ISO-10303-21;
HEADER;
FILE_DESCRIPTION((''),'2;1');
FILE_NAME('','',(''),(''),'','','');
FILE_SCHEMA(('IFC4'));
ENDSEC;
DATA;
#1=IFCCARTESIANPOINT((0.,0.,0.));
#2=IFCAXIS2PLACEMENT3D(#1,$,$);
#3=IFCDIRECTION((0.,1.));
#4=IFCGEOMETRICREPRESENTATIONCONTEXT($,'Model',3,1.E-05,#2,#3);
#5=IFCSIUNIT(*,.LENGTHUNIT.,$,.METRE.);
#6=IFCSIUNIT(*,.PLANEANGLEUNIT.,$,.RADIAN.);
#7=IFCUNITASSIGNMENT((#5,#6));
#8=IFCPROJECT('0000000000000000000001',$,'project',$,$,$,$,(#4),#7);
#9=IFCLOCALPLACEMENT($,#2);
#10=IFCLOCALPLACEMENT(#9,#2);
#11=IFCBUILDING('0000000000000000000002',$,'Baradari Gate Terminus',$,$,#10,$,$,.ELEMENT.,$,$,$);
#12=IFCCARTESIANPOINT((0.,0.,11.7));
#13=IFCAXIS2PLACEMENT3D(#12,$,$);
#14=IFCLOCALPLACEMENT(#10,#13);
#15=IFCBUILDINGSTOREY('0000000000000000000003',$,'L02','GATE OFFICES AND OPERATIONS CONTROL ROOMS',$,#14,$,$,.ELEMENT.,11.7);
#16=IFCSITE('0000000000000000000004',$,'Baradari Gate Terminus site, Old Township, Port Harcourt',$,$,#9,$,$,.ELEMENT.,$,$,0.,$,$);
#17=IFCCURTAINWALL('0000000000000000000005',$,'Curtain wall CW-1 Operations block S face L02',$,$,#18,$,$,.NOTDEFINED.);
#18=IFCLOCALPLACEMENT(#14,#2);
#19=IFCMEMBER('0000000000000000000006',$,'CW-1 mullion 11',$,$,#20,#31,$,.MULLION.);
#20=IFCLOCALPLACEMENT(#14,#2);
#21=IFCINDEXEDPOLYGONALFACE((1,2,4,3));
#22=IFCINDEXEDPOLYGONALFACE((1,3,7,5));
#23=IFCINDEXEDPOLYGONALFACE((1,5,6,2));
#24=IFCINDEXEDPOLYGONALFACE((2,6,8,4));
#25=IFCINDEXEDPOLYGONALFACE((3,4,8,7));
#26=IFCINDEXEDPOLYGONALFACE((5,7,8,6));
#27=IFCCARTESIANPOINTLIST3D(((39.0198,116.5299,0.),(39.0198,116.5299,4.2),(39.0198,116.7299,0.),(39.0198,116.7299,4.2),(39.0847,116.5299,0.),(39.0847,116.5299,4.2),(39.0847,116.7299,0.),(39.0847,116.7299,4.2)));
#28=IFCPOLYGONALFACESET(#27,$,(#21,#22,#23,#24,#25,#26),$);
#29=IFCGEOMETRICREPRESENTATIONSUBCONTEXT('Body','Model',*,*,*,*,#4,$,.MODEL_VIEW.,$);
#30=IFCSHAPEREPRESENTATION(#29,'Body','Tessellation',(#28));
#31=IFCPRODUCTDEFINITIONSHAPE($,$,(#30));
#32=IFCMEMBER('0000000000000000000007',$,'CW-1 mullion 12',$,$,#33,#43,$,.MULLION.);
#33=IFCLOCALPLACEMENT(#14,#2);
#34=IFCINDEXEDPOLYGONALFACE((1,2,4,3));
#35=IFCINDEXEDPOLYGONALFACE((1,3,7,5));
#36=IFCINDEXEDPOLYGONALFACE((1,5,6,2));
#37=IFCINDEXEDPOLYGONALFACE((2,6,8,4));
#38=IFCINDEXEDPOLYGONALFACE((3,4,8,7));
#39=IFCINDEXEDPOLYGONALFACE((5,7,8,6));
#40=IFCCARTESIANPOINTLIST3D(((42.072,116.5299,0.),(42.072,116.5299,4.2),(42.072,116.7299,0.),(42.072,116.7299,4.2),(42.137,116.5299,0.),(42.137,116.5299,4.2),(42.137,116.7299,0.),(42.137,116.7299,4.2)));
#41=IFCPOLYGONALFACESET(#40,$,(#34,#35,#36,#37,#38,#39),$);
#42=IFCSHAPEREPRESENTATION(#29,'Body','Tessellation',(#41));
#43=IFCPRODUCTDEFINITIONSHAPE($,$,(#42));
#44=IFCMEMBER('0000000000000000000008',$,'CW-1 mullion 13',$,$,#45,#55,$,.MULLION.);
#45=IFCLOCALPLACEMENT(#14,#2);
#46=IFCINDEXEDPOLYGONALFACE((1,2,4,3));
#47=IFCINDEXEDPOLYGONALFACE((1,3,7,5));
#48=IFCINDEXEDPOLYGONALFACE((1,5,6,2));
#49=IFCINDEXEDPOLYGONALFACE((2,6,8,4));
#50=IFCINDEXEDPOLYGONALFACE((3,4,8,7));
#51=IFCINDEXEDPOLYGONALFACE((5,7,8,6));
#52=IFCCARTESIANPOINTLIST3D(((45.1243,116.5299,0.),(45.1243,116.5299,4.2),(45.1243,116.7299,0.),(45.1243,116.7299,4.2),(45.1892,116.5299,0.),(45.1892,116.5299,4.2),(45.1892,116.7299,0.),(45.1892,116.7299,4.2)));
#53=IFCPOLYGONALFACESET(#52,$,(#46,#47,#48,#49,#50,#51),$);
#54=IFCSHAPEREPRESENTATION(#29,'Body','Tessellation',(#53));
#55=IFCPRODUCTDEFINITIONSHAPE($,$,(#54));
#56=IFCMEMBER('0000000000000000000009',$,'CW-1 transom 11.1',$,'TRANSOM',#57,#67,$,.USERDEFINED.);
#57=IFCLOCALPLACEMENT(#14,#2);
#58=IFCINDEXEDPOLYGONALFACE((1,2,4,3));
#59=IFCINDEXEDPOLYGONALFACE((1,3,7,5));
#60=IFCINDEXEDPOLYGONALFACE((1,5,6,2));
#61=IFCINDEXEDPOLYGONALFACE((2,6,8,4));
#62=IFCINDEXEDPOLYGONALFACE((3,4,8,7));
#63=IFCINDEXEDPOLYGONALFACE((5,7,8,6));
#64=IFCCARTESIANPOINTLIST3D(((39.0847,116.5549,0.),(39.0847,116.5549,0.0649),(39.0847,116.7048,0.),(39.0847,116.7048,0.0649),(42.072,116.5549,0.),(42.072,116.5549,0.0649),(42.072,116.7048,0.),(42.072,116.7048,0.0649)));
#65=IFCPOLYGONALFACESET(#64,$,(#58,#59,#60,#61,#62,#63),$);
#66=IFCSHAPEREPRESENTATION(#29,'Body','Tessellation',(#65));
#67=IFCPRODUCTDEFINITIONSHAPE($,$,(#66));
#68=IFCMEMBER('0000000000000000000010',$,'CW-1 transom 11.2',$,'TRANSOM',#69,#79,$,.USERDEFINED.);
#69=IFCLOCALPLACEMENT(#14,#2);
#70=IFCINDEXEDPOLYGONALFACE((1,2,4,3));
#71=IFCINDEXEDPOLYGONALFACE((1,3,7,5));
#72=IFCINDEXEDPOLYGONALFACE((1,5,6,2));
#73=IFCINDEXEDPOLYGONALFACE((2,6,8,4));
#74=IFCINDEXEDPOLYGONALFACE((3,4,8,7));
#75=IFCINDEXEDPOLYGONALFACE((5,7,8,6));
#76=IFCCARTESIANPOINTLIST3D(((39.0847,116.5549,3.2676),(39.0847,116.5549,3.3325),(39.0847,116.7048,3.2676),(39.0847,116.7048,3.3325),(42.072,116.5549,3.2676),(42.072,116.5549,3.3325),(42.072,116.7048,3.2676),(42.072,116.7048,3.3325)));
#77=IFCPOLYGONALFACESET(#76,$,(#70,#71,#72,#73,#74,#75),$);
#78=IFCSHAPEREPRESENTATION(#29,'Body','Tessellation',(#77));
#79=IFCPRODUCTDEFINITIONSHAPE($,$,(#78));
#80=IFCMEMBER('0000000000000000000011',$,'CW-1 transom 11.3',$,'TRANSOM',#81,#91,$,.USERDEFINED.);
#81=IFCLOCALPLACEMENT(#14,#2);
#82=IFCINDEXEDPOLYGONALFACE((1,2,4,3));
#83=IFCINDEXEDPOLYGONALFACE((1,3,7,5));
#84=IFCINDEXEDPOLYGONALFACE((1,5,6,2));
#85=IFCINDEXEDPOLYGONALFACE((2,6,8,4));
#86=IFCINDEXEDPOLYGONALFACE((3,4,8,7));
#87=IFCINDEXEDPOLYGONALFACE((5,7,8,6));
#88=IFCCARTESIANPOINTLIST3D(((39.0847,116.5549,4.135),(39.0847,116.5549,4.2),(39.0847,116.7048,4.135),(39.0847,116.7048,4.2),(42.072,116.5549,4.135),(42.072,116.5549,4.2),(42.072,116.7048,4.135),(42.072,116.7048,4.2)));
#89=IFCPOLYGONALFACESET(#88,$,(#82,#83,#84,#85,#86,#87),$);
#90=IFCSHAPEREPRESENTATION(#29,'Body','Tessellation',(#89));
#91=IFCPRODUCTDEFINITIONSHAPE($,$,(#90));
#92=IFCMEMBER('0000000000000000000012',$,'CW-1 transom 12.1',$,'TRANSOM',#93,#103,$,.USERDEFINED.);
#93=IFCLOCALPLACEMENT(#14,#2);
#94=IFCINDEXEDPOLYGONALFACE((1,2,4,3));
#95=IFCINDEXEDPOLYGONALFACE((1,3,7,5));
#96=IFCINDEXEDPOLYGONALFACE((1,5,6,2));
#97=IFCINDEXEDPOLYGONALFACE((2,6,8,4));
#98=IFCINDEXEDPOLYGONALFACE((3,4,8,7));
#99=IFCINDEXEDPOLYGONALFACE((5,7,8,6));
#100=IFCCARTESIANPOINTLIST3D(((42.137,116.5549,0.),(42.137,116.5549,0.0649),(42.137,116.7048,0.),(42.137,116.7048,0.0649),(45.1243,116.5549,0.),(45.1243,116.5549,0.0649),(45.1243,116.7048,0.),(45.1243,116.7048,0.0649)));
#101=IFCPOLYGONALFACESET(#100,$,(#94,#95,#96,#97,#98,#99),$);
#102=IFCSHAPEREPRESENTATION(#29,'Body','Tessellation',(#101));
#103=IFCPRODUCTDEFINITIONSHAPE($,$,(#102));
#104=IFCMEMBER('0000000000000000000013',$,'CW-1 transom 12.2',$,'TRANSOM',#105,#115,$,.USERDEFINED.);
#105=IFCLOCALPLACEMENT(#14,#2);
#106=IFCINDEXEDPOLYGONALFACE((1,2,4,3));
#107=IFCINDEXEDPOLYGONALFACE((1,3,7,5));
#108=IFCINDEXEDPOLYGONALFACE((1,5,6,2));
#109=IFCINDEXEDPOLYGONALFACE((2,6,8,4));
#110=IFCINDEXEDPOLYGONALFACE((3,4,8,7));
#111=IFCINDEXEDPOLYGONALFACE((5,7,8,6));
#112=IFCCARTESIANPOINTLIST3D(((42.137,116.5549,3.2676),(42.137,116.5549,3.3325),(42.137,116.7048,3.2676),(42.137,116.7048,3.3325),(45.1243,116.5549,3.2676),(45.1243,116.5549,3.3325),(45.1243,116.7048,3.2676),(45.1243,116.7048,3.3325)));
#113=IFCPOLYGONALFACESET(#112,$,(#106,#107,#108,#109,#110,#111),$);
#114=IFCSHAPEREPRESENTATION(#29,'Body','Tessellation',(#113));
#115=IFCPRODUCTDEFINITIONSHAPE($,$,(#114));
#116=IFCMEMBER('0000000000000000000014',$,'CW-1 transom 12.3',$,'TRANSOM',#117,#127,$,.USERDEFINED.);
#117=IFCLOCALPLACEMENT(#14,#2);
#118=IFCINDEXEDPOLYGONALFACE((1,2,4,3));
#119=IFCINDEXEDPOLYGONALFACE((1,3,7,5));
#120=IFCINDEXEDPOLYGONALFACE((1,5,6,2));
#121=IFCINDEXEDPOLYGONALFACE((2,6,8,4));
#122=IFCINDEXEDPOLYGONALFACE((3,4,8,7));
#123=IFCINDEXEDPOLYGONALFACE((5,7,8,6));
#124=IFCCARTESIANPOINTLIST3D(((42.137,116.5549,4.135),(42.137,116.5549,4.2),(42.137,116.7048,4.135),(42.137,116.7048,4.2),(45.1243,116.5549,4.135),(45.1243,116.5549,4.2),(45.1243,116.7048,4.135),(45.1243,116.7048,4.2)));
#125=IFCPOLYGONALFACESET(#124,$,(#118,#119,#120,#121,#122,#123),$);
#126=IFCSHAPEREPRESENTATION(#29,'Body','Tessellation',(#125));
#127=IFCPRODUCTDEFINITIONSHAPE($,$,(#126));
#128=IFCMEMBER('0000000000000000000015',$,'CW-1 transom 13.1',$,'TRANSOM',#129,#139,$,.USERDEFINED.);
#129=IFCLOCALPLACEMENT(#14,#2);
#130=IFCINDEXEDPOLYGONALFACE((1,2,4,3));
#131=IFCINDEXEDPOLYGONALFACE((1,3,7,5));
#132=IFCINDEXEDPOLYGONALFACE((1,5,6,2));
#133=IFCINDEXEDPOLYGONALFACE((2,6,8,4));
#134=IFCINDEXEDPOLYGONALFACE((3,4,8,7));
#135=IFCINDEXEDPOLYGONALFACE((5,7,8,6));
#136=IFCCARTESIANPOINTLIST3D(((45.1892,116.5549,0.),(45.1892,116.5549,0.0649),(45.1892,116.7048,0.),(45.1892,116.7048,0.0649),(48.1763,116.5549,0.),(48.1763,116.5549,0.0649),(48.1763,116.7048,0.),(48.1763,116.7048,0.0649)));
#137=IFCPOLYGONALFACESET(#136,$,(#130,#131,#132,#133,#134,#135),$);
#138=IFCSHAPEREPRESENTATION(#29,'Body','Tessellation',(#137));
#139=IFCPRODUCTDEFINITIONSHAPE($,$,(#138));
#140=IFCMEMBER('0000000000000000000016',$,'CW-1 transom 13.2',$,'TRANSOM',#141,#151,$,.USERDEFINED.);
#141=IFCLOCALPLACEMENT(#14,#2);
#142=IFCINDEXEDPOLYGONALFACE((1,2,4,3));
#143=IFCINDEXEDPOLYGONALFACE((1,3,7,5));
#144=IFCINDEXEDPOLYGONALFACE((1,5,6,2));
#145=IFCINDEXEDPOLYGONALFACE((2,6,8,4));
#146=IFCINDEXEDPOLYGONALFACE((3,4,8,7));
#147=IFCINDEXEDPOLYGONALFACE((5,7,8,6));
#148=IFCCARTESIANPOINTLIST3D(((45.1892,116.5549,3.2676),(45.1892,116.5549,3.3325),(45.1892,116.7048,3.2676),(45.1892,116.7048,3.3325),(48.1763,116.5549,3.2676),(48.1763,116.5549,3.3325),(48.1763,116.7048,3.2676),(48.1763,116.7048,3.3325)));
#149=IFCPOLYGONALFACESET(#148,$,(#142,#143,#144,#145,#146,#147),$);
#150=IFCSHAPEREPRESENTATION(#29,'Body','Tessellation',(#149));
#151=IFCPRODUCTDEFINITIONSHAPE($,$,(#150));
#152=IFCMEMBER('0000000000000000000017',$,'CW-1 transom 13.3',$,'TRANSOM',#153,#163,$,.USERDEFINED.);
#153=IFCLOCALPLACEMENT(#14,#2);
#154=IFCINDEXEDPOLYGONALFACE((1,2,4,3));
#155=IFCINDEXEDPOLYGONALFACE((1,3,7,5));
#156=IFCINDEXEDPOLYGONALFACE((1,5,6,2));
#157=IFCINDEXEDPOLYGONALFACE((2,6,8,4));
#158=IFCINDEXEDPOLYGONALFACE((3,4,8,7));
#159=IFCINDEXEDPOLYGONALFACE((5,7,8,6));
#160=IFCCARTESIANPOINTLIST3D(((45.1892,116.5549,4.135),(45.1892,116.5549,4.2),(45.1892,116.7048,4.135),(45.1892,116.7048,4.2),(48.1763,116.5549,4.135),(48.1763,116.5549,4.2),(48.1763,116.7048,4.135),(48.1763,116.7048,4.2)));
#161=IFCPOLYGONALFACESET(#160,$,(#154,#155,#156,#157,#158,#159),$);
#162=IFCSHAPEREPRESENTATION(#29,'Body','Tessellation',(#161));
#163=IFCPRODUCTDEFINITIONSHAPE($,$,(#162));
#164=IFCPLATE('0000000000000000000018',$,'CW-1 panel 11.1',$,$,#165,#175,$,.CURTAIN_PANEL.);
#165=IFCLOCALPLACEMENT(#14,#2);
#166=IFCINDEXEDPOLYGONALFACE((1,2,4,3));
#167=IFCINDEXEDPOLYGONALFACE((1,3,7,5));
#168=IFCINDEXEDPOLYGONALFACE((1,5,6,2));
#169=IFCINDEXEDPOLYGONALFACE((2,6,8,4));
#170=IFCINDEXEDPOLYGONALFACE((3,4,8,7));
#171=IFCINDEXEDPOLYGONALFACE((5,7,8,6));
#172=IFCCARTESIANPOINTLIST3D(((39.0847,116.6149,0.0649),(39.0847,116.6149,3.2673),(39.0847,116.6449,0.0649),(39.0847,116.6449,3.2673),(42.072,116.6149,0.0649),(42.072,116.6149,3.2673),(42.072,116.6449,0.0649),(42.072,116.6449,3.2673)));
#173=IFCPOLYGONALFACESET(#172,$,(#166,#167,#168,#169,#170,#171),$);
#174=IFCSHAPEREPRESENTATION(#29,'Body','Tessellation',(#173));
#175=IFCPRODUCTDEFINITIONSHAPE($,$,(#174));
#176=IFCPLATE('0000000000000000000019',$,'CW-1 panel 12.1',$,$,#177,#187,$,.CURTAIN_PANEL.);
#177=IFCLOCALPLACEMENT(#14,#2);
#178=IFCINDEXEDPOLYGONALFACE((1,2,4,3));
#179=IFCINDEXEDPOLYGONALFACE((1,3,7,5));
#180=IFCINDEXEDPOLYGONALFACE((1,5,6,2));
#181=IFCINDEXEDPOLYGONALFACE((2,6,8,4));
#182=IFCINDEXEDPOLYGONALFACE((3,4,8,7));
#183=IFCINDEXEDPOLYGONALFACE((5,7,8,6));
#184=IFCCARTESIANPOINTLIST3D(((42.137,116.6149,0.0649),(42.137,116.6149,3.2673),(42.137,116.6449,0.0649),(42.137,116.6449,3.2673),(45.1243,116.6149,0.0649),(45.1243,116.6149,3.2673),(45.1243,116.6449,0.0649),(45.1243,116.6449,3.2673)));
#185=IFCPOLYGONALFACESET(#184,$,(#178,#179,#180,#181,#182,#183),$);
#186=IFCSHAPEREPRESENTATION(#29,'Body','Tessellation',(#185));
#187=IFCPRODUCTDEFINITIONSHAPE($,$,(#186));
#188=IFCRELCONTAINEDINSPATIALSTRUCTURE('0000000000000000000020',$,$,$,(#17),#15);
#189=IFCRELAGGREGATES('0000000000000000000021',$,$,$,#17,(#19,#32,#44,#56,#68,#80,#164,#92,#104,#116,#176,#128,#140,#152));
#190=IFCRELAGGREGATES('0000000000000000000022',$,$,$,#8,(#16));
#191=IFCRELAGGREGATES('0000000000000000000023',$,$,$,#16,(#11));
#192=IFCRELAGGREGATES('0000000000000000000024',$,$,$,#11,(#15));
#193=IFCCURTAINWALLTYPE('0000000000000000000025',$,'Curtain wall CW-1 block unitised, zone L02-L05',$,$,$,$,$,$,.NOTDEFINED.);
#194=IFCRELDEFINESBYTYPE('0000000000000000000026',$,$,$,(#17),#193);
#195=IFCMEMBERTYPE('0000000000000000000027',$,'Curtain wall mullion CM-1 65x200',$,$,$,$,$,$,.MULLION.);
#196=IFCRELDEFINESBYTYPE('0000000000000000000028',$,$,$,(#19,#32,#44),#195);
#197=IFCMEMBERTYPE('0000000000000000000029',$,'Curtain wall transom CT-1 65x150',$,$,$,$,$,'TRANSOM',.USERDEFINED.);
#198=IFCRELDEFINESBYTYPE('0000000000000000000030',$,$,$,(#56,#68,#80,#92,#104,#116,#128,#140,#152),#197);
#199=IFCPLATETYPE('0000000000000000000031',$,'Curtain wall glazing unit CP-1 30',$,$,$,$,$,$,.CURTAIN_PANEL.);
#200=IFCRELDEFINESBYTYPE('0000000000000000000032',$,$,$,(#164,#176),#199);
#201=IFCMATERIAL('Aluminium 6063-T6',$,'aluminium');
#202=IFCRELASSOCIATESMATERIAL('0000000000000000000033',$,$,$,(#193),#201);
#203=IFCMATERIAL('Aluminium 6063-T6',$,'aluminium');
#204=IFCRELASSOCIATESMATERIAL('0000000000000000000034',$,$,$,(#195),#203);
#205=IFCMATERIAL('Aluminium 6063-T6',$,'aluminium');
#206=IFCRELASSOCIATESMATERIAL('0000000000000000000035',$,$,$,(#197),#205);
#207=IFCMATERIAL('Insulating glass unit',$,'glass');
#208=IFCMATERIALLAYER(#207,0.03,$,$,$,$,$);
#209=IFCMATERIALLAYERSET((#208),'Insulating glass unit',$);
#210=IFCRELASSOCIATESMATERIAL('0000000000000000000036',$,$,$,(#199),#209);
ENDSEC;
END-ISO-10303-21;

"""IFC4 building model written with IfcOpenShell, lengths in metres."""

from ifc_helpers import new_model, si_unit, direction, frame, origin, origin_2d, place, context, subcontext, project, spatial, rectangle, extrude, material, layer, layer_set, material_profile, profile_set, type_object, element, aggregate, save


model = new_model("IFC4")

# Units and contexts
model_context = context("Model", 3, precision=1e-05, world=origin(), true_north=direction((0.0, 1.0)))
body_context = subcontext(model_context, "Body", "Model", "MODEL_VIEW")
ifc_project = project(units=[si_unit("LENGTHUNIT", "METRE"), si_unit("PLANEANGLEUNIT", "RADIAN")], contexts=[model_context])

# Site, building, storey
site_placement = place(None, origin())
site = spatial("IfcSite", under=ifc_project, at=site_placement, Name="Baradari Gate Terminus site, Old Township, Port Harcourt", CompositionType="ELEMENT", RefElevation=0.0)
building_placement = place(site_placement, origin())
building = spatial("IfcBuilding", under=site, at=building_placement, Name="Baradari Gate Terminus", CompositionType="ELEMENT")
storey_placement = place(building_placement, frame((0.0, 0.0, 11.7)))
storey = spatial("IfcBuildingStorey", under=building, at=storey_placement, Name="L02", Description="GATE OFFICES AND OPERATIONS CONTROL ROOMS", CompositionType="ELEMENT", Elevation=11.7)

# Curtain wall, members, plates
ifc_material_1 = material(Name="Aluminium 6063-T6", Category="aluminium")
curtain_wall_type = type_object("IfcCurtainWallType", Name="Curtain wall CW-1 block unitised, zone L02-L05", PredefinedType="NOTDEFINED", material=ifc_material_1)
curtain_wall_placement = place(storey_placement, origin())
curtain_wall = element("IfcCurtainWall", 1, at=curtain_wall_placement, inside=storey, type_object=curtain_wall_type, Name="Curtain wall CW-1 Operations block S face L02", PredefinedType="NOTDEFINED")
ifc_material_2 = material(Name="Aluminium 6063-T6", Category="aluminium")
ifc_material_profile_1 = material_profile(ifc_material_2, rectangle(XDim=0.2, YDim=0.0649, at=origin_2d()), Name="CM-1 65X200")
ifc_profile_set_1 = profile_set([ifc_material_profile_1], Name="Aluminium 6063-T6")
member_type_1 = type_object("IfcMemberType", Name="Curtain wall mullion CM-1 65x200", PredefinedType="MULLION", material=ifc_profile_set_1)
member_1_placement = place(storey_placement, frame((39.0522, 116.6299, 0.0), z_axis=(0.0, 0.0, 1.0), x_axis=(0.0, 1.0, 0.0)))
member_1 = element("IfcMember", 2, at=member_1_placement, type_object=member_type_1, Name="CW-1 mullion 11", PredefinedType="MULLION", context=body_context, shape_type="SweptSolid", body=[
    extrude(rectangle(XDim=0.2, YDim=0.0649, at=origin_2d()), origin(), (0.0, 0.0, 1.0), 4.2),
])
member_2_placement = place(storey_placement, frame((42.1045, 116.6299, 0.0), z_axis=(0.0, 0.0, 1.0), x_axis=(0.0, 1.0, 0.0)))
member_2 = element("IfcMember", 3, at=member_2_placement, type_object=member_type_1, Name="CW-1 mullion 12", PredefinedType="MULLION", context=body_context, shape_type="SweptSolid", body=[
    extrude(rectangle(XDim=0.2, YDim=0.0649, at=origin_2d()), origin(), (0.0, 0.0, 1.0), 4.2),
])
member_3_placement = place(storey_placement, frame((45.1567, 116.6299, 0.0), z_axis=(0.0, 0.0, 1.0), x_axis=(0.0, 1.0, 0.0)))
member_3 = element("IfcMember", 4, at=member_3_placement, type_object=member_type_1, Name="CW-1 mullion 13", PredefinedType="MULLION", context=body_context, shape_type="SweptSolid", body=[
    extrude(rectangle(XDim=0.2, YDim=0.0649, at=origin_2d()), origin(), (0.0, 0.0, 1.0), 4.2),
])
ifc_material_3 = material(Name="Aluminium 6063-T6", Category="aluminium")
ifc_material_profile_2 = material_profile(ifc_material_3, rectangle(XDim=0.1499, YDim=0.0649, at=origin_2d()), Name="CT-1 65X150")
ifc_profile_set_2 = profile_set([ifc_material_profile_2], Name="Aluminium 6063-T6")
member_type_2 = type_object("IfcMemberType", Name="Curtain wall transom CT-1 65x150", ElementType="TRANSOM", PredefinedType="USERDEFINED", material=ifc_profile_set_2)
member_4_placement = place(storey_placement, frame((39.0847, 116.6299, 0.0325), z_axis=(1.0, 0.0, 0.0), x_axis=(0.0, 1.0, 0.0)))
member_4 = element("IfcMember", 5, at=member_4_placement, type_object=member_type_2, Name="CW-1 transom 11.1", ObjectType="TRANSOM", PredefinedType="USERDEFINED", context=body_context, shape_type="SweptSolid", body=[
    extrude(rectangle(XDim=0.1499, YDim=0.0649, at=origin_2d()), origin(), (0.0, 0.0, 1.0), 2.9873),
])
member_5_placement = place(storey_placement, frame((39.0847, 116.6299, 3.3), z_axis=(1.0, 0.0, 0.0), x_axis=(0.0, 1.0, 0.0)))
member_5 = element("IfcMember", 6, at=member_5_placement, type_object=member_type_2, Name="CW-1 transom 11.2", ObjectType="TRANSOM", PredefinedType="USERDEFINED", context=body_context, shape_type="SweptSolid", body=[
    extrude(rectangle(XDim=0.1499, YDim=0.0649, at=origin_2d()), origin(), (0.0, 0.0, 1.0), 2.9873),
])
member_6_placement = place(storey_placement, frame((39.0847, 116.6299, 4.1675), z_axis=(1.0, 0.0, 0.0), x_axis=(0.0, 1.0, 0.0)))
member_6 = element("IfcMember", 7, at=member_6_placement, type_object=member_type_2, Name="CW-1 transom 11.3", ObjectType="TRANSOM", PredefinedType="USERDEFINED", context=body_context, shape_type="SweptSolid", body=[
    extrude(rectangle(XDim=0.1499, YDim=0.0649, at=origin_2d()), origin(), (0.0, 0.0, 1.0), 2.9873),
])
member_7_placement = place(storey_placement, frame((42.137, 116.6299, 0.0325), z_axis=(1.0, 0.0, 0.0), x_axis=(0.0, 1.0, 0.0)))
member_7 = element("IfcMember", 8, at=member_7_placement, type_object=member_type_2, Name="CW-1 transom 12.1", ObjectType="TRANSOM", PredefinedType="USERDEFINED", context=body_context, shape_type="SweptSolid", body=[
    extrude(rectangle(XDim=0.1499, YDim=0.0649, at=origin_2d()), origin(), (0.0, 0.0, 1.0), 2.9873),
])
member_8_placement = place(storey_placement, frame((42.137, 116.6299, 3.3), z_axis=(1.0, 0.0, 0.0), x_axis=(0.0, 1.0, 0.0)))
member_8 = element("IfcMember", 9, at=member_8_placement, type_object=member_type_2, Name="CW-1 transom 12.2", ObjectType="TRANSOM", PredefinedType="USERDEFINED", context=body_context, shape_type="SweptSolid", body=[
    extrude(rectangle(XDim=0.1499, YDim=0.0649, at=origin_2d()), origin(), (0.0, 0.0, 1.0), 2.9873),
])
member_9_placement = place(storey_placement, frame((42.137, 116.6299, 4.1675), z_axis=(1.0, 0.0, 0.0), x_axis=(0.0, 1.0, 0.0)))
member_9 = element("IfcMember", 10, at=member_9_placement, type_object=member_type_2, Name="CW-1 transom 12.3", ObjectType="TRANSOM", PredefinedType="USERDEFINED", context=body_context, shape_type="SweptSolid", body=[
    extrude(rectangle(XDim=0.1499, YDim=0.0649, at=origin_2d()), origin(), (0.0, 0.0, 1.0), 2.9873),
])
member_10_placement = place(storey_placement, frame((45.1892, 116.6299, 0.0325), z_axis=(1.0, 0.0, 0.0), x_axis=(0.0, 1.0, 0.0)))
member_10 = element("IfcMember", 11, at=member_10_placement, type_object=member_type_2, Name="CW-1 transom 13.1", ObjectType="TRANSOM", PredefinedType="USERDEFINED", context=body_context, shape_type="SweptSolid", body=[
    extrude(rectangle(XDim=0.1499, YDim=0.0649, at=origin_2d()), origin(), (0.0, 0.0, 1.0), 2.9871),
])
member_11_placement = place(storey_placement, frame((45.1892, 116.6299, 3.3), z_axis=(1.0, 0.0, 0.0), x_axis=(0.0, 1.0, 0.0)))
member_11 = element("IfcMember", 12, at=member_11_placement, type_object=member_type_2, Name="CW-1 transom 13.2", ObjectType="TRANSOM", PredefinedType="USERDEFINED", context=body_context, shape_type="SweptSolid", body=[
    extrude(rectangle(XDim=0.1499, YDim=0.0649, at=origin_2d()), origin(), (0.0, 0.0, 1.0), 2.9871),
])
member_12_placement = place(storey_placement, frame((45.1892, 116.6299, 4.1675), z_axis=(1.0, 0.0, 0.0), x_axis=(0.0, 1.0, 0.0)))
member_12 = element("IfcMember", 13, at=member_12_placement, type_object=member_type_2, Name="CW-1 transom 13.3", ObjectType="TRANSOM", PredefinedType="USERDEFINED", context=body_context, shape_type="SweptSolid", body=[
    extrude(rectangle(XDim=0.1499, YDim=0.0649, at=origin_2d()), origin(), (0.0, 0.0, 1.0), 2.9871),
])
ifc_material_4 = material(Name="Insulating glass unit", Category="glass")
ifc_layer_1 = layer(ifc_material_4, 0.03)
ifc_layer_set_1 = layer_set([ifc_layer_1], Name="Insulating glass unit")
plate_type_1 = type_object("IfcPlateType", Name="Curtain wall glazing unit CP-1 30", PredefinedType="CURTAIN_PANEL", material=ifc_layer_set_1)
plate_1_placement = place(storey_placement, frame((40.5784, 116.6299, 0.0649), z_axis=(0.0, 0.0, 1.0), x_axis=(1.0, 0.0, 0.0)))
plate_1 = element("IfcPlate", 14, at=plate_1_placement, type_object=plate_type_1, Name="CW-1 panel 11.1", PredefinedType="CURTAIN_PANEL", context=body_context, shape_type="SweptSolid", body=[
    extrude(rectangle(XDim=2.9873, YDim=0.03, at=origin_2d()), origin(), (0.0, 0.0, 1.0), 3.2024),
])
plate_2_placement = place(storey_placement, frame((43.6306, 116.6299, 0.0649), z_axis=(0.0, 0.0, 1.0), x_axis=(1.0, 0.0, 0.0)))
plate_2 = element("IfcPlate", 15, at=plate_2_placement, type_object=plate_type_1, Name="CW-1 panel 12.1", PredefinedType="CURTAIN_PANEL", context=body_context, shape_type="SweptSolid", body=[
    extrude(rectangle(XDim=2.9873, YDim=0.03, at=origin_2d()), origin(), (0.0, 0.0, 1.0), 3.2024),
])
aggregate(curtain_wall, [member_1, member_2, member_3, member_4, member_5, member_6, plate_1, member_7, member_8, member_9, plate_2, member_10, member_11, member_12])

save(model, "model.ifc")
